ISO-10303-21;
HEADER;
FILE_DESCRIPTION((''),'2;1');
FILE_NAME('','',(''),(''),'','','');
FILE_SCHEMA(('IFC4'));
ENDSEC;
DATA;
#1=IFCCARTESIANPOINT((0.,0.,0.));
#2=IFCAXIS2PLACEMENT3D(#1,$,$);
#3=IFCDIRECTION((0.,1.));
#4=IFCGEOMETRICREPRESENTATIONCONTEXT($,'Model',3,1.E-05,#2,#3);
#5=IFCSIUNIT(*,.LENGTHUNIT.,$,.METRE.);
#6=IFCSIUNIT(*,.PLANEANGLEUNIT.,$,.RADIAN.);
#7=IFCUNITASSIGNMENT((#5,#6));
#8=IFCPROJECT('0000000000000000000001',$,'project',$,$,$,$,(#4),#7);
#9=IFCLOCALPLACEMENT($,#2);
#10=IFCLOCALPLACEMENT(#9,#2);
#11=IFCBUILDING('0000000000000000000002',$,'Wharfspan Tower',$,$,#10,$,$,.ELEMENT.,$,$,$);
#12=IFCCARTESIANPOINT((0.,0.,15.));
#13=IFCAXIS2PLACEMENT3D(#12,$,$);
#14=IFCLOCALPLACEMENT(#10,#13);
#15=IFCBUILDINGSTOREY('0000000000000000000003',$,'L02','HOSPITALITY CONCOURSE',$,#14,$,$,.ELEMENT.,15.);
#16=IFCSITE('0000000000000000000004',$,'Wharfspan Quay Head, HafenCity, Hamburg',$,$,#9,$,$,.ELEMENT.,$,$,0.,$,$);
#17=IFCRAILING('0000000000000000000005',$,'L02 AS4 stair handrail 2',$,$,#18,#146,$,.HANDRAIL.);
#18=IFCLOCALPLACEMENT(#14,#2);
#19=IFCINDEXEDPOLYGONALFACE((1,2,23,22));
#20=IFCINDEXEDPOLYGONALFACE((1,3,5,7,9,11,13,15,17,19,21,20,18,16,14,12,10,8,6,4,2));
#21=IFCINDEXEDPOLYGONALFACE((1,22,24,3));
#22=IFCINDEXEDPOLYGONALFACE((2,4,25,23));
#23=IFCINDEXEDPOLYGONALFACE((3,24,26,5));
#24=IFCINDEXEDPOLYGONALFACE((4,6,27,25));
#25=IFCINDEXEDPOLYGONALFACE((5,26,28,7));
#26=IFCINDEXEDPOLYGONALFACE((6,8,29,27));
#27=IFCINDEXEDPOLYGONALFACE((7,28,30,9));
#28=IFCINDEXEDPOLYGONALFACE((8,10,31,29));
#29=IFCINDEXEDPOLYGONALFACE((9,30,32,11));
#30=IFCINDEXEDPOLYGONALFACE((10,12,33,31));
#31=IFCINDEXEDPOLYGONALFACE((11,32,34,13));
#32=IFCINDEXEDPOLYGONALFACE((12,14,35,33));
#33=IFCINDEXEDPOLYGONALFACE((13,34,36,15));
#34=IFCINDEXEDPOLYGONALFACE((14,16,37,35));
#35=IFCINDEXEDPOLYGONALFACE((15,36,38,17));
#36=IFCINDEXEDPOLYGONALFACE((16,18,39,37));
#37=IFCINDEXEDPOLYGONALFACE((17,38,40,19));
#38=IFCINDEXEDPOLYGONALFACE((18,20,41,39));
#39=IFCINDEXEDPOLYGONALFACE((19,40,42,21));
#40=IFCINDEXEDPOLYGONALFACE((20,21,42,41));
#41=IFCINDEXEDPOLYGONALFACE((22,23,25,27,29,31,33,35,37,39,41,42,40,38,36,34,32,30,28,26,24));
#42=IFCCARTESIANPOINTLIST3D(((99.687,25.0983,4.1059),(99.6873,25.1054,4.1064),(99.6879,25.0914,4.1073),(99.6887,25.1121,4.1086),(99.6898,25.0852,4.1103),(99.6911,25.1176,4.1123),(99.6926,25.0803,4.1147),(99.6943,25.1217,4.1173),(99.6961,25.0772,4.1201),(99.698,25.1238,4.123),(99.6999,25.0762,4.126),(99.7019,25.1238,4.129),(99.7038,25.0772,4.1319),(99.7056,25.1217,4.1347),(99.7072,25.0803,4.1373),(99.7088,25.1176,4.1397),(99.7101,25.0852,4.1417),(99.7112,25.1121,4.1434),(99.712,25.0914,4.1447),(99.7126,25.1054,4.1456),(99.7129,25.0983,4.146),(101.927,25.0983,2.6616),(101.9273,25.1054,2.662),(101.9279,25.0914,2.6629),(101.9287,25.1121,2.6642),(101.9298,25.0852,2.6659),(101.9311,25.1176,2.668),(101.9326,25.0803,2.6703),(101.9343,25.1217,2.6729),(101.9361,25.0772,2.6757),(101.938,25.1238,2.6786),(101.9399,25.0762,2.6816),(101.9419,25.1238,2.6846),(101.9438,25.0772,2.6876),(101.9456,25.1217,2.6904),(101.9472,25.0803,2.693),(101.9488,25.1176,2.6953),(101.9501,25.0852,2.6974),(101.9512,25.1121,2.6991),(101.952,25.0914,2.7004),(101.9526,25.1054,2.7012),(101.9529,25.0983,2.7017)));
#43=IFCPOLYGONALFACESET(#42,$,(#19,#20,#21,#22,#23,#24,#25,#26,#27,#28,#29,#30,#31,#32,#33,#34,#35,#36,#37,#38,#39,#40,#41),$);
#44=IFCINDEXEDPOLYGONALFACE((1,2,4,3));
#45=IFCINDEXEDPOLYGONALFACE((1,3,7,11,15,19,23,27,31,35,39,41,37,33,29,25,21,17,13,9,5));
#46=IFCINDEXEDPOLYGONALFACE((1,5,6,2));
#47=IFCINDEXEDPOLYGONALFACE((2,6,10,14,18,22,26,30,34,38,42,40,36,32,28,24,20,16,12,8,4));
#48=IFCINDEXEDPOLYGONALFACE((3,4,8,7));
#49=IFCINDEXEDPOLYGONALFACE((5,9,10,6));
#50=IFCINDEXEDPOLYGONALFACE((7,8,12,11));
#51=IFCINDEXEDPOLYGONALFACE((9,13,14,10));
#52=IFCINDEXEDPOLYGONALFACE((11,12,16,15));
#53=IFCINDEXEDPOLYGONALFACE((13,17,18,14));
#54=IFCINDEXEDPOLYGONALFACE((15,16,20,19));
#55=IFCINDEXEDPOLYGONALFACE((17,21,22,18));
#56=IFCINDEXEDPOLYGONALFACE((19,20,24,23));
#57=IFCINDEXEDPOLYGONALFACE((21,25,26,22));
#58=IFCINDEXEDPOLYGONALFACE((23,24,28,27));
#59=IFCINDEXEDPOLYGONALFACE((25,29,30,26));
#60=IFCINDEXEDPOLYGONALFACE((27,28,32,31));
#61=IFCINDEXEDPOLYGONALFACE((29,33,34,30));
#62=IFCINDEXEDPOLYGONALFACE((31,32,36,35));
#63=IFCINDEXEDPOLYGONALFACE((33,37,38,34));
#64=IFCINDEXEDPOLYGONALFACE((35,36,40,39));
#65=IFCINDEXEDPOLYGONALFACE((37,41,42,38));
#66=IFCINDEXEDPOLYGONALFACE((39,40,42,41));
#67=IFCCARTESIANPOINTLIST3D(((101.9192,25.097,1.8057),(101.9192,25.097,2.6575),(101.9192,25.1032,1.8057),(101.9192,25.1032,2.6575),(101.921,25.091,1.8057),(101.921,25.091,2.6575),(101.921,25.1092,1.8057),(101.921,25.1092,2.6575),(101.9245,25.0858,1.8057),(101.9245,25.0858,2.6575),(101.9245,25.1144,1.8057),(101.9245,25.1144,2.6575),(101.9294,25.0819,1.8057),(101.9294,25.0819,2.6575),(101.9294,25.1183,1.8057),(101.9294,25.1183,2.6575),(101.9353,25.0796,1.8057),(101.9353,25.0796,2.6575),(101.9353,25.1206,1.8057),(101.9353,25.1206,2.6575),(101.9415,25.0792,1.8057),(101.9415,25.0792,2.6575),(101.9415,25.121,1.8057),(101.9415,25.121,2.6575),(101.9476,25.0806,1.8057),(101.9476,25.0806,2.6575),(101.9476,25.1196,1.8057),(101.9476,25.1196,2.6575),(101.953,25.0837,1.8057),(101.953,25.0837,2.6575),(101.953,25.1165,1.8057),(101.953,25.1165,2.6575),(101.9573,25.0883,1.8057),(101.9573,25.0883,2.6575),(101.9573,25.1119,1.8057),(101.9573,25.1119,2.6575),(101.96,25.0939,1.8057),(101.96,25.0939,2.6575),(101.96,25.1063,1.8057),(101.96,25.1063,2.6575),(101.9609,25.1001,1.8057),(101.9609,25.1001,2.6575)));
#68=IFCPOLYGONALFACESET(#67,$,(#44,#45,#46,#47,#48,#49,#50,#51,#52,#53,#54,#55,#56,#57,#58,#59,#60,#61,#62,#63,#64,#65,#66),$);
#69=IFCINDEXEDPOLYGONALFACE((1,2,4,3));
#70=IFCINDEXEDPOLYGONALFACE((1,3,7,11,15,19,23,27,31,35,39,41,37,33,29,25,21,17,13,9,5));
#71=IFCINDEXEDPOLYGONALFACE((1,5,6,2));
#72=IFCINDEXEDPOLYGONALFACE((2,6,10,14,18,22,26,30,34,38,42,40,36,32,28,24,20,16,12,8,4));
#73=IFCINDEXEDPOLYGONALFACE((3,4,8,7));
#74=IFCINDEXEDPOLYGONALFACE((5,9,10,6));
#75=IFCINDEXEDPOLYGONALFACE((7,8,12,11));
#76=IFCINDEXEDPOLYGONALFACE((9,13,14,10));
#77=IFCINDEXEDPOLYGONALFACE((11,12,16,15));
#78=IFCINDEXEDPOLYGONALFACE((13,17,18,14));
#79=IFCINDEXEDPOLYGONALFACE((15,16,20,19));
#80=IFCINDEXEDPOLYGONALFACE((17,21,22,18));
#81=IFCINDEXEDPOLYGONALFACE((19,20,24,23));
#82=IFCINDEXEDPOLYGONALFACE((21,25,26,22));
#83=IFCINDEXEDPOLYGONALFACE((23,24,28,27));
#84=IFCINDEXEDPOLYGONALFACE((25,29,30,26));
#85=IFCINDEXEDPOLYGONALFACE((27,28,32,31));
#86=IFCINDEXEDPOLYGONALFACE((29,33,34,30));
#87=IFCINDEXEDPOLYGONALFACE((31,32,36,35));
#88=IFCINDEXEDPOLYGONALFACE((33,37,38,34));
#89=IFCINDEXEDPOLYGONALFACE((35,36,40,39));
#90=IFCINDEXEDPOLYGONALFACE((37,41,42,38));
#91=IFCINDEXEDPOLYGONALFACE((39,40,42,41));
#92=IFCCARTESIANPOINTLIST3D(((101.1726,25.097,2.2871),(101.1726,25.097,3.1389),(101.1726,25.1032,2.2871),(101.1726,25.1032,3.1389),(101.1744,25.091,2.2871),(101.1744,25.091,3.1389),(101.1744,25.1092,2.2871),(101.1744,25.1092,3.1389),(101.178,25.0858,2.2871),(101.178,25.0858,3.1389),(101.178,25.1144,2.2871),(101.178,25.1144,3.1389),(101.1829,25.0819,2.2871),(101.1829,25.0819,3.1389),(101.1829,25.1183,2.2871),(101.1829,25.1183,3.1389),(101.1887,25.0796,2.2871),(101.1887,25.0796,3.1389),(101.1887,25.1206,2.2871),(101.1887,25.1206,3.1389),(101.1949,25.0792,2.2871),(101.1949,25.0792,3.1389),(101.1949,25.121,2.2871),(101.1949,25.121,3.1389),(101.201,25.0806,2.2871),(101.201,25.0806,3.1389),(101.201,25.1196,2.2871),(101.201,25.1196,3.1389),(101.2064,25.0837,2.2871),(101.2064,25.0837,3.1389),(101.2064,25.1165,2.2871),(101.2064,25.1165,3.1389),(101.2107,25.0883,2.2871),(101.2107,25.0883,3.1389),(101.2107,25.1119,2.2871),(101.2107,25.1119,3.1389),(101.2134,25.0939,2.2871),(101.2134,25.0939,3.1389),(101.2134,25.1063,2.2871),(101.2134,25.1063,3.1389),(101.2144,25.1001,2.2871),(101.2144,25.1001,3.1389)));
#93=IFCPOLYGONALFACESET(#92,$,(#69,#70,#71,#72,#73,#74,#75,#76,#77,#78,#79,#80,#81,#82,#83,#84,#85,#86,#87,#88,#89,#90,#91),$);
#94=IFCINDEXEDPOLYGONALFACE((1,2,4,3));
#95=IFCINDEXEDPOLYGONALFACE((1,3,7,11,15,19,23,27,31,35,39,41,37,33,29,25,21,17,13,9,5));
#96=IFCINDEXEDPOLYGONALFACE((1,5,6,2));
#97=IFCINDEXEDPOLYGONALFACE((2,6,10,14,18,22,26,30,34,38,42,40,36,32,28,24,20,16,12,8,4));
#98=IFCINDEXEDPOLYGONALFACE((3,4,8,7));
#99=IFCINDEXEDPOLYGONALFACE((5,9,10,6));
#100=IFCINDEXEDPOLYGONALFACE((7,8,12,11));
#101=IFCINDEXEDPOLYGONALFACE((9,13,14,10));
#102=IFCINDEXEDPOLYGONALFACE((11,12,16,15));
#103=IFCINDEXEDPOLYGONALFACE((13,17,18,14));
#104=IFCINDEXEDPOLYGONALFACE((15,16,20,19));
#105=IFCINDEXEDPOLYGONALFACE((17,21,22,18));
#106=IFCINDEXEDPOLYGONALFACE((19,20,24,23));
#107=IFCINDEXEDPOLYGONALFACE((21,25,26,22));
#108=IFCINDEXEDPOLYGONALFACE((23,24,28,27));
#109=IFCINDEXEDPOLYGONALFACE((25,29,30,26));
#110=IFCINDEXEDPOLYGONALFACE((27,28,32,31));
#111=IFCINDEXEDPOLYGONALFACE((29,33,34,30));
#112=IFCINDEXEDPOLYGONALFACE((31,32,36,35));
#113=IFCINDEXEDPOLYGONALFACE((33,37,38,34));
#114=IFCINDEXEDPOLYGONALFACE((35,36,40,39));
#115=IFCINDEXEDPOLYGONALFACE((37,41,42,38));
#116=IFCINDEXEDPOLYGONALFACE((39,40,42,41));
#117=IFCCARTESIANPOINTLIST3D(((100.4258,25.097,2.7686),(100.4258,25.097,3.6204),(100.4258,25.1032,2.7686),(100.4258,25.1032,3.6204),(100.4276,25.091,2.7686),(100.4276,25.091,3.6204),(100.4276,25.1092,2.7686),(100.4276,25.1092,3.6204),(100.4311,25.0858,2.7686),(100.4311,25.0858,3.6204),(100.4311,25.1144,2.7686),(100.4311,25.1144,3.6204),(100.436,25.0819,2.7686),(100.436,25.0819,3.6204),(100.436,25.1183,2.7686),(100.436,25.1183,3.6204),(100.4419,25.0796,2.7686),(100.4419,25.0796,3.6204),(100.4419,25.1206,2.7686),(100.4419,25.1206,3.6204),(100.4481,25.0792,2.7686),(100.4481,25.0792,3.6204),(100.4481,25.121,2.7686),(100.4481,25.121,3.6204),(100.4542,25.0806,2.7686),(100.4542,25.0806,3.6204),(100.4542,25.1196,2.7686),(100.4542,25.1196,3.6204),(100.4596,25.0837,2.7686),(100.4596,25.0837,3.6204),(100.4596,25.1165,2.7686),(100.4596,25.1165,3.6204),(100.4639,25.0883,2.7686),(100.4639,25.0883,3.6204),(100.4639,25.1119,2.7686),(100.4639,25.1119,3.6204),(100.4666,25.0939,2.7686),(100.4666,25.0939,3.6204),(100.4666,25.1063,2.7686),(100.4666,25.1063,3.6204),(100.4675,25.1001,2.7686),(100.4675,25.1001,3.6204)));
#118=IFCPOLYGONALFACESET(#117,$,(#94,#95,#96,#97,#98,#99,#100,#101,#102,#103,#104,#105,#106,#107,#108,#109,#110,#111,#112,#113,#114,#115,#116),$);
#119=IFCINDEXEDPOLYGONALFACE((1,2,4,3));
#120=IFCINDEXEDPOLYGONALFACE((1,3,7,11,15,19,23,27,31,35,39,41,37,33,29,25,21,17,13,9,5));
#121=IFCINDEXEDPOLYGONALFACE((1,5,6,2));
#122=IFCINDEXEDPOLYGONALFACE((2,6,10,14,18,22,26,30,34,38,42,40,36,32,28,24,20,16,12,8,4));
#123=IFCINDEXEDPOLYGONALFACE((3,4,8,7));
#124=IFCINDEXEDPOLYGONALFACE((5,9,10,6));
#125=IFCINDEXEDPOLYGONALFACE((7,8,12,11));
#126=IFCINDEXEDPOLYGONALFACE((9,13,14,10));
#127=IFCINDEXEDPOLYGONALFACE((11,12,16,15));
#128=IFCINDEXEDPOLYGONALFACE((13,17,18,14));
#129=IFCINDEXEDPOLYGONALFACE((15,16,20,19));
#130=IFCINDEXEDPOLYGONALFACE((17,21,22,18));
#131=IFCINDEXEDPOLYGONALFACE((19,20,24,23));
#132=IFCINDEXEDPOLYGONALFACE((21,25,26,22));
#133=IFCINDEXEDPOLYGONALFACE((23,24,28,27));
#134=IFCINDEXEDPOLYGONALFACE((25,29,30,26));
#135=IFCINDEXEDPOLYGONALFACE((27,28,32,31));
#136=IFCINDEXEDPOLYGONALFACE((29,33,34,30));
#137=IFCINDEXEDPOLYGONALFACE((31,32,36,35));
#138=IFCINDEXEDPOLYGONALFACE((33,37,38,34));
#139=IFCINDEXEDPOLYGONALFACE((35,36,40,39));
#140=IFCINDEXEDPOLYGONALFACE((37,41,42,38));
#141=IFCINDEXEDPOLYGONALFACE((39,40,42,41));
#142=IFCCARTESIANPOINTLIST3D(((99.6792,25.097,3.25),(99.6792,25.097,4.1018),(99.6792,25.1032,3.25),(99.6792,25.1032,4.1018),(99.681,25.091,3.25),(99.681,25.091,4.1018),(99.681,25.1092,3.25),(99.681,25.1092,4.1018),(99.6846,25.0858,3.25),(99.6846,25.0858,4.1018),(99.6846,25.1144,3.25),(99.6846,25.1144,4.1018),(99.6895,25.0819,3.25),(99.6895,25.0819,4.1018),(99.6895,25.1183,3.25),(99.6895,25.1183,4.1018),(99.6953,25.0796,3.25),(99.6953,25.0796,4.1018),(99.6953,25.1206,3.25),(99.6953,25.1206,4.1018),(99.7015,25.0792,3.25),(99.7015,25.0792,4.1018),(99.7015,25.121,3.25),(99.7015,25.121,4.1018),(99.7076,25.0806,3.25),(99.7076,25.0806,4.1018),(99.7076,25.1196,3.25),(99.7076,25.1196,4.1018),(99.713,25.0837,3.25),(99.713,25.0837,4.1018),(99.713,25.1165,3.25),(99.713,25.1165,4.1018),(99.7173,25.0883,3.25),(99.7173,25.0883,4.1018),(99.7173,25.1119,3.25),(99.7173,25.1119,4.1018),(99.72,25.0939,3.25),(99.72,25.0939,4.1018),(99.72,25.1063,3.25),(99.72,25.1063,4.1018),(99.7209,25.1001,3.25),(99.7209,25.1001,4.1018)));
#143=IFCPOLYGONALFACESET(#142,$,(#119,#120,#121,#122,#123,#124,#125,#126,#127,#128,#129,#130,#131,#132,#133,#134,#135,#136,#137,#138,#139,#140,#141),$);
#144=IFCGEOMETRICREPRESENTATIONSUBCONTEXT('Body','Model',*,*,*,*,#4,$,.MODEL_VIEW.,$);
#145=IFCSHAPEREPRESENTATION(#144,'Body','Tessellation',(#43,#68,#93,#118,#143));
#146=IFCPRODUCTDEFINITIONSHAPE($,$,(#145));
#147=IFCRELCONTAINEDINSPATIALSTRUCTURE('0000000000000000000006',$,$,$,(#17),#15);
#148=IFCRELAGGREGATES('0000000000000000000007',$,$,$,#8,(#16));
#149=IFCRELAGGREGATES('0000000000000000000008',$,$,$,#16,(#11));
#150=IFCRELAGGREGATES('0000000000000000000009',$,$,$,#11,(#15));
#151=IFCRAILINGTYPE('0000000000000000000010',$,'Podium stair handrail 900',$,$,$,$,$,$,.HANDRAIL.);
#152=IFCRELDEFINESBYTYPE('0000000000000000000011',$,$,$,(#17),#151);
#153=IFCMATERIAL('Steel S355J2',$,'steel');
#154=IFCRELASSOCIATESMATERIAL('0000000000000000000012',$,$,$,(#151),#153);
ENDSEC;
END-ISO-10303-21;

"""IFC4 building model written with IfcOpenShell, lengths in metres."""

from ifc_helpers import new_model, si_unit, direction, frame, origin, origin_2d, place, context, subcontext, project, spatial, circle, extrude, material, type_object, element, save


model = new_model("IFC4")

# Units and contexts
model_context = context("Model", 3, precision=1e-05, world=origin(), true_north=direction((0.0, 1.0)))
body_context = subcontext(model_context, "Body", "Model", "MODEL_VIEW")
ifc_project = project(units=[si_unit("LENGTHUNIT", "METRE"), si_unit("PLANEANGLEUNIT", "RADIAN")], contexts=[model_context])

# Site, building, storey
site_placement = place(None, origin())
site = spatial("IfcSite", under=ifc_project, at=site_placement, Name="Wharfspan Quay Head, HafenCity, Hamburg", CompositionType="ELEMENT", RefElevation=0.0)
building_placement = place(site_placement, origin())
building = spatial("IfcBuilding", under=site, at=building_placement, Name="Wharfspan Tower", CompositionType="ELEMENT")
storey_placement = place(building_placement, frame((0.0, 0.0, 15.0)))
storey = spatial("IfcBuildingStorey", under=building, at=storey_placement, Name="L02", Description="HOSPITALITY CONCOURSE", CompositionType="ELEMENT", Elevation=15.0)

# Railing
ifc_material_1 = material(Name="Steel S355J2", Category="steel")
railing_type_1 = type_object("IfcRailingType", Name="Podium stair handrail 900", PredefinedType="HANDRAIL", material=ifc_material_1)
for number, where, name in (
    (1, (101.9399, 25.1001, 1.8057), "L02 AS4 stair handrail 2"),
):
    element("IfcRailing", number, at=place(storey_placement, frame(where)), inside=storey, type_object=railing_type_1, Name=name, PredefinedType="HANDRAIL", context=body_context, shape_type="SweptSolid", body=[
        extrude(circle(Radius=0.0239, at=origin_2d()), frame((0.0, 0.0, 0.876), z_axis=(-0.840437, 0.0, 0.54191), x_axis=(0.0, -1.0, 0.0)), (0.0, 0.0, 1.0), 2.6653),
        extrude(circle(Radius=0.021, at=origin_2d()), origin(), (0.0, 0.0, 1.0), 0.8518),
        extrude(circle(Radius=0.021, at=origin_2d()), frame((-0.7466, 0.0, 0.4814)), (0.0, 0.0, 1.0), 0.8518),
        extrude(circle(Radius=0.021, at=origin_2d()), frame((-1.4934, 0.0, 0.9629)), (0.0, 0.0, 1.0), 0.8518),
        extrude(circle(Radius=0.021, at=origin_2d()), frame((-2.24, 0.0, 1.4443)), (0.0, 0.0, 1.0), 0.8518),
    ])

save(model, "model.ifc")
